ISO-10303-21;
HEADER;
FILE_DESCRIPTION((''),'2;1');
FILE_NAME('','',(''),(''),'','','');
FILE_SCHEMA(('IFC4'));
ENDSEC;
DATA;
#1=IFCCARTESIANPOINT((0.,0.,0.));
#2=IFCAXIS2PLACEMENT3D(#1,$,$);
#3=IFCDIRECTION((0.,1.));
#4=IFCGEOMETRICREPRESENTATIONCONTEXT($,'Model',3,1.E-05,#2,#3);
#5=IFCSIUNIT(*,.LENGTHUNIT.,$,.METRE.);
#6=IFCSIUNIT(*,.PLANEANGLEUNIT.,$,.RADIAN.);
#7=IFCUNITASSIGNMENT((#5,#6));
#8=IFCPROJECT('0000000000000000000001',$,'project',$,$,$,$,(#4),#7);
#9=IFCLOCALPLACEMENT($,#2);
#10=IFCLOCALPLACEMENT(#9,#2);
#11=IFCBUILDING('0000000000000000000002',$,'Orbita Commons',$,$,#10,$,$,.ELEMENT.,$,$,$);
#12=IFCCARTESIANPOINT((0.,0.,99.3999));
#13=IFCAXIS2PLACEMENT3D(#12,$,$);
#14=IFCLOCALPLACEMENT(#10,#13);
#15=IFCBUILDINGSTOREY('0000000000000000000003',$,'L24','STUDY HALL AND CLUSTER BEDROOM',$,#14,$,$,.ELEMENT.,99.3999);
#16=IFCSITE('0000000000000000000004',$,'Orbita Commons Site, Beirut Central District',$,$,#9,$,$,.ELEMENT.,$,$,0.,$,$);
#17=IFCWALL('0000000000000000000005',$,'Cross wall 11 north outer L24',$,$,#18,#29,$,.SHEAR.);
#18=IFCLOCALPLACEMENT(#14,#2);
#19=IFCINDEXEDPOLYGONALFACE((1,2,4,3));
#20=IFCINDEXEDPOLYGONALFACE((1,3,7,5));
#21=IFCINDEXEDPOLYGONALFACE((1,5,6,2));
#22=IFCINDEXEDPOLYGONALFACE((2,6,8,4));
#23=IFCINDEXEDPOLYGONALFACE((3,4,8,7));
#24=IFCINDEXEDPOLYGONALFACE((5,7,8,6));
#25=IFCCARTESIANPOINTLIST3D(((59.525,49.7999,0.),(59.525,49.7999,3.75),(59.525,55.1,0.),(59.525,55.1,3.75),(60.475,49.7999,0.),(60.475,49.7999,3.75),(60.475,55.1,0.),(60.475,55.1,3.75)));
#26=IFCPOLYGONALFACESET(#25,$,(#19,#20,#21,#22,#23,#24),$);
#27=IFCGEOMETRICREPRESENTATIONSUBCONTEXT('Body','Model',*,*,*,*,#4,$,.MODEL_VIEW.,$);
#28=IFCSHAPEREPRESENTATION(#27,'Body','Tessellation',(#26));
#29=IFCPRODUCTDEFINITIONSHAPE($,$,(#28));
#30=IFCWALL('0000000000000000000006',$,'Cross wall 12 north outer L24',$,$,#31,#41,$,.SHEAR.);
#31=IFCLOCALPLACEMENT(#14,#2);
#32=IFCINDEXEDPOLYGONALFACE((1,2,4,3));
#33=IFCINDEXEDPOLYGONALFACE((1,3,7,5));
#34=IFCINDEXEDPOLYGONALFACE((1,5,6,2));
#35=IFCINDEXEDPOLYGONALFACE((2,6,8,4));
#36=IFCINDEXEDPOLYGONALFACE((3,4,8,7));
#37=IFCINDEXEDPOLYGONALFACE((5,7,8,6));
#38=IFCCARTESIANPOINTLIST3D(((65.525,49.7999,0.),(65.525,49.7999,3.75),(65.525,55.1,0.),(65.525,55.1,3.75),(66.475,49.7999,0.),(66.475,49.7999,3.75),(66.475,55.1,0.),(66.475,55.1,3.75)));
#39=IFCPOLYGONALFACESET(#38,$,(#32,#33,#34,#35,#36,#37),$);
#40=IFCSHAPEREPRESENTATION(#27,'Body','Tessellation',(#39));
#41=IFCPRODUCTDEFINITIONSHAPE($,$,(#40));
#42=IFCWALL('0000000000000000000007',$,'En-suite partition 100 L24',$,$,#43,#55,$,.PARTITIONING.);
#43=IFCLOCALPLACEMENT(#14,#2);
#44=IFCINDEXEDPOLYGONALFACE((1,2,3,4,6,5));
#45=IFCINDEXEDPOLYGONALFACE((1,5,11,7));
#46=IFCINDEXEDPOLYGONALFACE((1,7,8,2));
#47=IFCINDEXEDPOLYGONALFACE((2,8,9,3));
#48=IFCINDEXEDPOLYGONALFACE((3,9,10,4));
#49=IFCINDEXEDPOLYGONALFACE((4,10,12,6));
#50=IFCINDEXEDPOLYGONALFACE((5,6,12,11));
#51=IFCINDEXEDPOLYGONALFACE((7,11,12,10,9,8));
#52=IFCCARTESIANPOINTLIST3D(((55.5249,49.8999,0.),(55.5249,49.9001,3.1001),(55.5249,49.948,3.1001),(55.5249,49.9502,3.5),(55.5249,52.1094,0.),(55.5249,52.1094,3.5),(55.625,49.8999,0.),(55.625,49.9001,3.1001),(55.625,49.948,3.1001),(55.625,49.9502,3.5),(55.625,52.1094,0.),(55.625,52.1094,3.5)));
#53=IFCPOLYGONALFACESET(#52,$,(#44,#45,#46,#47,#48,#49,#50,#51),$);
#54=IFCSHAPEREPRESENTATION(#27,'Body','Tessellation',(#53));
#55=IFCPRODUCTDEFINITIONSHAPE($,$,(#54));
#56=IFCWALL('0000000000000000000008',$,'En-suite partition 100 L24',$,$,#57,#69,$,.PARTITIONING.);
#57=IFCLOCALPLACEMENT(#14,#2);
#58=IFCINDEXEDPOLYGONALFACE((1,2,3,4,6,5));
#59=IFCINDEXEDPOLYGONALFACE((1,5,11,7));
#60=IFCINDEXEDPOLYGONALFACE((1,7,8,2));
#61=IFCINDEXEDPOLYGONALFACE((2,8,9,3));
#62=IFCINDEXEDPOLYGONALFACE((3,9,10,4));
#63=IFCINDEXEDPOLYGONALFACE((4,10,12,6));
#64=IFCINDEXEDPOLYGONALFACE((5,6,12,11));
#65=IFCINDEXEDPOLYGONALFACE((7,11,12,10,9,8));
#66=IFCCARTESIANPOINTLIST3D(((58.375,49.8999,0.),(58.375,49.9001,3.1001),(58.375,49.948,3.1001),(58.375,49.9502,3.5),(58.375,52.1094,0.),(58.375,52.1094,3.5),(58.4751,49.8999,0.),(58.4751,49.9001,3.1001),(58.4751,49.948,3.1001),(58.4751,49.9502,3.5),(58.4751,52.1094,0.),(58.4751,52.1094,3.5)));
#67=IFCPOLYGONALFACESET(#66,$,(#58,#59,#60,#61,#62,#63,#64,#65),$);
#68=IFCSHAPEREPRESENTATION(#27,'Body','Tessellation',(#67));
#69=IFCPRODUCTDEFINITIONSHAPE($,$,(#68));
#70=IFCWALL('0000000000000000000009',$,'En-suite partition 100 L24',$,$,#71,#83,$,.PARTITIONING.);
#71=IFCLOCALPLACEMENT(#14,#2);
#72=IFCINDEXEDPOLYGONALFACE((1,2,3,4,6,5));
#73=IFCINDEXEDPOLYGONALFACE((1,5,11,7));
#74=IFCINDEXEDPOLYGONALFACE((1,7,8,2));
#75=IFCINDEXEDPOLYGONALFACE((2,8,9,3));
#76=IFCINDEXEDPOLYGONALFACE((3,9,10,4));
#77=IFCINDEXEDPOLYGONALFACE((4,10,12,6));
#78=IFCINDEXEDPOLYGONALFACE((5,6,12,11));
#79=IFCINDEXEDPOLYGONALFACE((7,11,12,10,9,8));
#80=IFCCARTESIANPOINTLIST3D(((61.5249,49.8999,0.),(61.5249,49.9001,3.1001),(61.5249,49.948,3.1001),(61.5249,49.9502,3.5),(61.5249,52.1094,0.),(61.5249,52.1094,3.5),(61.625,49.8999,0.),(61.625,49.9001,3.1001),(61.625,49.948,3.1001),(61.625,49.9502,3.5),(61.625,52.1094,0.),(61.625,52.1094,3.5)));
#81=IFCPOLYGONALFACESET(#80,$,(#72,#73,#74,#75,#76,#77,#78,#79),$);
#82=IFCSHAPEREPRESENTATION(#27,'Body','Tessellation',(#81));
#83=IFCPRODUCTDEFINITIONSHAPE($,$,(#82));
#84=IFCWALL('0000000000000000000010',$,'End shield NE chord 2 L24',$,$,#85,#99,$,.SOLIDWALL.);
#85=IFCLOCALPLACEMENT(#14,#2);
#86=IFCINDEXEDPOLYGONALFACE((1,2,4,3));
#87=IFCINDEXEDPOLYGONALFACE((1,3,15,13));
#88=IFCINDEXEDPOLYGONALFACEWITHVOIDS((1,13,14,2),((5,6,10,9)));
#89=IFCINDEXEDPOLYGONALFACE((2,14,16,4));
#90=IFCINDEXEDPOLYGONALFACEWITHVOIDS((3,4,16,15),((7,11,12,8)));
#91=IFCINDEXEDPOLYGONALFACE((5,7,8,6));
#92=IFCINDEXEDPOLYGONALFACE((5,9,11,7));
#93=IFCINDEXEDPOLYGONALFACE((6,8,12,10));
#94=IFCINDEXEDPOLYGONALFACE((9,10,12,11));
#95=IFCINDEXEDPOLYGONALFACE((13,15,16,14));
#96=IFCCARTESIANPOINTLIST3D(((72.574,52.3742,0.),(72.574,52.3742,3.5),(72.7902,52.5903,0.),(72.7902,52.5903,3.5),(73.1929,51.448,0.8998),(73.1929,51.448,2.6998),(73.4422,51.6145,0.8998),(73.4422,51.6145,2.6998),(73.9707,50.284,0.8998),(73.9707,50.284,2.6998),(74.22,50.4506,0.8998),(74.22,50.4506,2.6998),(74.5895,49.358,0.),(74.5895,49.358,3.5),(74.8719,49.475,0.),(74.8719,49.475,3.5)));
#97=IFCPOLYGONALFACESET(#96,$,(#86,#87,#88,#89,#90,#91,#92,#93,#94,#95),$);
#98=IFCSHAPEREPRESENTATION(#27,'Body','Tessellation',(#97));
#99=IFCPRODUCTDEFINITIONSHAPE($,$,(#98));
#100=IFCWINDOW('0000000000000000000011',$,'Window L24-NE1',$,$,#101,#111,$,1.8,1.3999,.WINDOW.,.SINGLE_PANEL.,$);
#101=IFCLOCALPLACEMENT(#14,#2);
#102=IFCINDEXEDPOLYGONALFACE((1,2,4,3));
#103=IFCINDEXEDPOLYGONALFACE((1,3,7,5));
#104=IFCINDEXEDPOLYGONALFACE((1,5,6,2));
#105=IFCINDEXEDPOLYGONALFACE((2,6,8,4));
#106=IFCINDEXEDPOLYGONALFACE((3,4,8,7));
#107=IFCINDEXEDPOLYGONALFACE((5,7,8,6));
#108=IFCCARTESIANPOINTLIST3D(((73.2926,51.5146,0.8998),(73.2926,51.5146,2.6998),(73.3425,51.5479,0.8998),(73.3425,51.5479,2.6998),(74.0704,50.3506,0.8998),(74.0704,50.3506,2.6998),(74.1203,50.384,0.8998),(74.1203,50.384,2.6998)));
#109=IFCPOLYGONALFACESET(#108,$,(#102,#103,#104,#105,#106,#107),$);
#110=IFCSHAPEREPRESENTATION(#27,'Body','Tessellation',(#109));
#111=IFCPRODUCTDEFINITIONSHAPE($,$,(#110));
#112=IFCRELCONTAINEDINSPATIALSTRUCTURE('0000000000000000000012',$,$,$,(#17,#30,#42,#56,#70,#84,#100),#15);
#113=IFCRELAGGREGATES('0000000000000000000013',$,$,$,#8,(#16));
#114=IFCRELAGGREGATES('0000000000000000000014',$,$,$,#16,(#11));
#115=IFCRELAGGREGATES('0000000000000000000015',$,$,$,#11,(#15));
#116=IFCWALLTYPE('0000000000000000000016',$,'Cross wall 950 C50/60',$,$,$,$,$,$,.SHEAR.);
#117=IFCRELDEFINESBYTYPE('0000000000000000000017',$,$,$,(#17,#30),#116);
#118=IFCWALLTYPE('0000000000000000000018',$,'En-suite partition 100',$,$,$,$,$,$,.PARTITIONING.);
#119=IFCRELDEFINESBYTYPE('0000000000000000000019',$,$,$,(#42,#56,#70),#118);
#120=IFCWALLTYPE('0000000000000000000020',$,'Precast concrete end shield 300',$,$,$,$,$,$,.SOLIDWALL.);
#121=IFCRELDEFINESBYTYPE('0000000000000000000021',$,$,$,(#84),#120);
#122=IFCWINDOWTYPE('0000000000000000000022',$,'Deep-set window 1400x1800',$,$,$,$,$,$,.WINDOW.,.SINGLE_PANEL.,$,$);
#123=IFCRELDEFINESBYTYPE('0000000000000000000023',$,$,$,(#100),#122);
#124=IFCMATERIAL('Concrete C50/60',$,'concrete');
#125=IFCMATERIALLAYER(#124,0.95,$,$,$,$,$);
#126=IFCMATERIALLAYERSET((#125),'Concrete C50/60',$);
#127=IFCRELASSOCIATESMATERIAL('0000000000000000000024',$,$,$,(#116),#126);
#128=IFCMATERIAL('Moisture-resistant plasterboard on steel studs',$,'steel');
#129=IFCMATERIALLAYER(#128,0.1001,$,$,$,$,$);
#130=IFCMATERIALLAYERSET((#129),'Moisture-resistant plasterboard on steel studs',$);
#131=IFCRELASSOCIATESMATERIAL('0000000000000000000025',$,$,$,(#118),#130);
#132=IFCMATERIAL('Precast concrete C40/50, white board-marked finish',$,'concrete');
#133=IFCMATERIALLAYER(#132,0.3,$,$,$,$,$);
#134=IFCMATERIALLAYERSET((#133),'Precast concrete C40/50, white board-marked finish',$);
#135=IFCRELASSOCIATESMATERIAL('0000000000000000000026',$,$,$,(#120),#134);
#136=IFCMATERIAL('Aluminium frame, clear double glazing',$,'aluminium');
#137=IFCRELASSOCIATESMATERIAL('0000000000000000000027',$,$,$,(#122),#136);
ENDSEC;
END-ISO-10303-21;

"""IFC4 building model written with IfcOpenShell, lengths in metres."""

from ifc_helpers import new_model, si_unit, direction, frame, frame_2d, origin, place, context, subcontext, project, spatial, polyline, rectangle, outline, extrude, material, layer, layer_set, type_object, element, fill, save


model = new_model("IFC4")

# Units and contexts
model_context = context("Model", 3, precision=1e-05, world=origin(), true_north=direction((0.0, 1.0)))
body_context = subcontext(model_context, "Body", "Model", "MODEL_VIEW")
ifc_project = project(units=[si_unit("LENGTHUNIT", "METRE"), si_unit("PLANEANGLEUNIT", "RADIAN")], contexts=[model_context])

# Site, building, storey
site_placement = place(None, origin())
site = spatial("IfcSite", under=ifc_project, at=site_placement, Name="Orbita Commons Site, Beirut Central District", CompositionType="ELEMENT", RefElevation=0.0)
building_placement = place(site_placement, origin())
building = spatial("IfcBuilding", under=site, at=building_placement, Name="Orbita Commons", CompositionType="ELEMENT")
storey_placement = place(building_placement, frame((0.0, 0.0, 99.3999)))
storey = spatial("IfcBuildingStorey", under=building, at=storey_placement, Name="L24", Description="STUDY HALL AND CLUSTER BEDROOM", CompositionType="ELEMENT", Elevation=99.3999)

# Walls
ifc_material_1 = material(Name="Concrete C50/60", Category="concrete")
ifc_layer_1 = layer(ifc_material_1, 0.95)
ifc_layer_set_1 = layer_set([ifc_layer_1], Name="Concrete C50/60")
wall_type_1 = type_object("IfcWallType", Name="Cross wall 950 C50/60", PredefinedType="SHEAR", material=ifc_layer_set_1)
for number, where, z_axis, x_axis, name in (
    (1, (60.0, 49.8, 0.0), (0.0, 0.0, 1.0), (0.0, 1.0, 0.0), "Cross wall 11 north outer L24"),
    (2, (66.0, 49.8, 0.0), (0.0, 0.0, 1.0), (0.0, 1.0, 0.0), "Cross wall 12 north outer L24"),
):
    element("IfcWall", number, at=place(storey_placement, frame(where, z_axis=z_axis, x_axis=x_axis)), inside=storey, type_object=wall_type_1, Name=name, PredefinedType="SHEAR", context=body_context, shape_type="SweptSolid", body=[
        extrude(rectangle(XDim=5.3, YDim=0.95, at=frame_2d((2.6499, 0.0))), origin(), (0.0, 0.0, 1.0), 3.75),
    ])
ifc_material_2 = material(Name="Moisture-resistant plasterboard on steel studs", Category="steel")
ifc_layer_2 = layer(ifc_material_2, 0.1001)
ifc_layer_set_2 = layer_set([ifc_layer_2], Name="Moisture-resistant plasterboard on steel studs")
wall_type_2 = type_object("IfcWallType", Name="En-suite partition 100", PredefinedType="PARTITIONING", material=ifc_layer_set_2)
for number, where, z_axis, x_axis, name in (
    (3, (55.575, 52.1094, 0.0), (0.0, 0.0, 1.0), (0.0, -1.0, 0.0), "En-suite partition 100 L24"),
    (4, (58.425, 52.1094, 0.0), (0.0, 0.0, 1.0), (0.0, -1.0, 0.0), "En-suite partition 100 L24"),
    (5, (61.575, 52.1094, 0.0), (0.0, 0.0, 1.0), (0.0, -1.0, 0.0), "En-suite partition 100 L24"),
):
    element("IfcWall", number, at=place(storey_placement, frame(where, z_axis=z_axis, x_axis=x_axis)), inside=storey, type_object=wall_type_2, Name=name, PredefinedType="PARTITIONING", context=body_context, shape_type="SweptSolid", body=[
        extrude(outline(polyline([(0.0, 0.0), (2.2095, 0.0), (2.2092, 3.1001), (2.1614, 3.1001), (2.1592, 3.5), (0.0, 3.5), (0.0, 0.0)])), frame((0.0, 0.05, 0.0), z_axis=(0.0, -1.0, 0.0), x_axis=(1.0, 0.0, 0.0)), (0.0, 0.0, 1.0), 0.1001),
    ])

# Wall, opening, window
ifc_material_3 = material(Name="Precast concrete C40/50, white board-marked finish", Category="concrete")
ifc_layer_3 = layer(ifc_material_3, 0.3)
ifc_layer_set_3 = layer_set([ifc_layer_3], Name="Precast concrete C40/50, white board-marked finish")
wall_type_3 = type_object("IfcWallType", Name="Precast concrete end shield 300", PredefinedType="SOLIDWALL", material=ifc_layer_set_3)
wall_1_placement = place(storey_placement, frame((74.7307, 49.4165, 0.0), z_axis=(0.0, 0.0, 1.0), x_axis=(-0.555601, 0.831449, 0.0)))
wall_1 = element("IfcWall", 6, at=wall_1_placement, inside=storey, type_object=wall_type_3, Name="End shield NE chord 2 L24", PredefinedType="SOLIDWALL", context=body_context, shape_type="SweptSolid", body=[
    extrude(outline(polyline([(-0.0298, -0.1499), (3.717, -0.1499), (3.6575, 0.1499), (0.0298, 0.1499), (-0.0298, -0.1499)])), origin(), (0.0, 0.0, 1.0), 3.5),
])
opening_1_placement = place(wall_1_placement, frame((1.1436, 0.0, 0.8999)))
opening_1 = element("IfcOpeningElement", 7, at=opening_1_placement, cuts=wall_1, PredefinedType="OPENING", context=body_context, shape_type="SweptSolid", body=[
    extrude(rectangle(XDim=1.3999, YDim=1.8, at=frame_2d((0.7, 0.8999))), frame((0.0, 0.1599, 0.0), z_axis=(0.0, -1.0, 0.0), x_axis=(1.0, 0.0, 0.0)), (0.0, 0.0, 1.0), 0.3201),
])
ifc_material_4 = material(Name="Aluminium frame, clear double glazing", Category="aluminium")
window_type = type_object("IfcWindowType", Name="Deep-set window 1400x1800", PartitioningType="SINGLE_PANEL", PredefinedType="WINDOW", material=ifc_material_4)
window_placement = place(opening_1_placement, origin())
window = element("IfcWindow", 8, at=window_placement, inside=storey, type_object=window_type, Name="Window L24-NE1", OverallHeight=1.8, OverallWidth=1.3999, PartitioningType="SINGLE_PANEL", PredefinedType="WINDOW", context=body_context, shape_type="SweptSolid", body=[
    extrude(rectangle(XDim=1.3999, YDim=1.8, at=frame_2d((0.7, 0.8999))), frame((0.0, 0.03, 0.0), z_axis=(0.0, -1.0, 0.0), x_axis=(1.0, 0.0, 0.0)), (0.0, 0.0, 1.0), 0.0601),
])
fill(opening_1, window)

save(model, "model.ifc")
